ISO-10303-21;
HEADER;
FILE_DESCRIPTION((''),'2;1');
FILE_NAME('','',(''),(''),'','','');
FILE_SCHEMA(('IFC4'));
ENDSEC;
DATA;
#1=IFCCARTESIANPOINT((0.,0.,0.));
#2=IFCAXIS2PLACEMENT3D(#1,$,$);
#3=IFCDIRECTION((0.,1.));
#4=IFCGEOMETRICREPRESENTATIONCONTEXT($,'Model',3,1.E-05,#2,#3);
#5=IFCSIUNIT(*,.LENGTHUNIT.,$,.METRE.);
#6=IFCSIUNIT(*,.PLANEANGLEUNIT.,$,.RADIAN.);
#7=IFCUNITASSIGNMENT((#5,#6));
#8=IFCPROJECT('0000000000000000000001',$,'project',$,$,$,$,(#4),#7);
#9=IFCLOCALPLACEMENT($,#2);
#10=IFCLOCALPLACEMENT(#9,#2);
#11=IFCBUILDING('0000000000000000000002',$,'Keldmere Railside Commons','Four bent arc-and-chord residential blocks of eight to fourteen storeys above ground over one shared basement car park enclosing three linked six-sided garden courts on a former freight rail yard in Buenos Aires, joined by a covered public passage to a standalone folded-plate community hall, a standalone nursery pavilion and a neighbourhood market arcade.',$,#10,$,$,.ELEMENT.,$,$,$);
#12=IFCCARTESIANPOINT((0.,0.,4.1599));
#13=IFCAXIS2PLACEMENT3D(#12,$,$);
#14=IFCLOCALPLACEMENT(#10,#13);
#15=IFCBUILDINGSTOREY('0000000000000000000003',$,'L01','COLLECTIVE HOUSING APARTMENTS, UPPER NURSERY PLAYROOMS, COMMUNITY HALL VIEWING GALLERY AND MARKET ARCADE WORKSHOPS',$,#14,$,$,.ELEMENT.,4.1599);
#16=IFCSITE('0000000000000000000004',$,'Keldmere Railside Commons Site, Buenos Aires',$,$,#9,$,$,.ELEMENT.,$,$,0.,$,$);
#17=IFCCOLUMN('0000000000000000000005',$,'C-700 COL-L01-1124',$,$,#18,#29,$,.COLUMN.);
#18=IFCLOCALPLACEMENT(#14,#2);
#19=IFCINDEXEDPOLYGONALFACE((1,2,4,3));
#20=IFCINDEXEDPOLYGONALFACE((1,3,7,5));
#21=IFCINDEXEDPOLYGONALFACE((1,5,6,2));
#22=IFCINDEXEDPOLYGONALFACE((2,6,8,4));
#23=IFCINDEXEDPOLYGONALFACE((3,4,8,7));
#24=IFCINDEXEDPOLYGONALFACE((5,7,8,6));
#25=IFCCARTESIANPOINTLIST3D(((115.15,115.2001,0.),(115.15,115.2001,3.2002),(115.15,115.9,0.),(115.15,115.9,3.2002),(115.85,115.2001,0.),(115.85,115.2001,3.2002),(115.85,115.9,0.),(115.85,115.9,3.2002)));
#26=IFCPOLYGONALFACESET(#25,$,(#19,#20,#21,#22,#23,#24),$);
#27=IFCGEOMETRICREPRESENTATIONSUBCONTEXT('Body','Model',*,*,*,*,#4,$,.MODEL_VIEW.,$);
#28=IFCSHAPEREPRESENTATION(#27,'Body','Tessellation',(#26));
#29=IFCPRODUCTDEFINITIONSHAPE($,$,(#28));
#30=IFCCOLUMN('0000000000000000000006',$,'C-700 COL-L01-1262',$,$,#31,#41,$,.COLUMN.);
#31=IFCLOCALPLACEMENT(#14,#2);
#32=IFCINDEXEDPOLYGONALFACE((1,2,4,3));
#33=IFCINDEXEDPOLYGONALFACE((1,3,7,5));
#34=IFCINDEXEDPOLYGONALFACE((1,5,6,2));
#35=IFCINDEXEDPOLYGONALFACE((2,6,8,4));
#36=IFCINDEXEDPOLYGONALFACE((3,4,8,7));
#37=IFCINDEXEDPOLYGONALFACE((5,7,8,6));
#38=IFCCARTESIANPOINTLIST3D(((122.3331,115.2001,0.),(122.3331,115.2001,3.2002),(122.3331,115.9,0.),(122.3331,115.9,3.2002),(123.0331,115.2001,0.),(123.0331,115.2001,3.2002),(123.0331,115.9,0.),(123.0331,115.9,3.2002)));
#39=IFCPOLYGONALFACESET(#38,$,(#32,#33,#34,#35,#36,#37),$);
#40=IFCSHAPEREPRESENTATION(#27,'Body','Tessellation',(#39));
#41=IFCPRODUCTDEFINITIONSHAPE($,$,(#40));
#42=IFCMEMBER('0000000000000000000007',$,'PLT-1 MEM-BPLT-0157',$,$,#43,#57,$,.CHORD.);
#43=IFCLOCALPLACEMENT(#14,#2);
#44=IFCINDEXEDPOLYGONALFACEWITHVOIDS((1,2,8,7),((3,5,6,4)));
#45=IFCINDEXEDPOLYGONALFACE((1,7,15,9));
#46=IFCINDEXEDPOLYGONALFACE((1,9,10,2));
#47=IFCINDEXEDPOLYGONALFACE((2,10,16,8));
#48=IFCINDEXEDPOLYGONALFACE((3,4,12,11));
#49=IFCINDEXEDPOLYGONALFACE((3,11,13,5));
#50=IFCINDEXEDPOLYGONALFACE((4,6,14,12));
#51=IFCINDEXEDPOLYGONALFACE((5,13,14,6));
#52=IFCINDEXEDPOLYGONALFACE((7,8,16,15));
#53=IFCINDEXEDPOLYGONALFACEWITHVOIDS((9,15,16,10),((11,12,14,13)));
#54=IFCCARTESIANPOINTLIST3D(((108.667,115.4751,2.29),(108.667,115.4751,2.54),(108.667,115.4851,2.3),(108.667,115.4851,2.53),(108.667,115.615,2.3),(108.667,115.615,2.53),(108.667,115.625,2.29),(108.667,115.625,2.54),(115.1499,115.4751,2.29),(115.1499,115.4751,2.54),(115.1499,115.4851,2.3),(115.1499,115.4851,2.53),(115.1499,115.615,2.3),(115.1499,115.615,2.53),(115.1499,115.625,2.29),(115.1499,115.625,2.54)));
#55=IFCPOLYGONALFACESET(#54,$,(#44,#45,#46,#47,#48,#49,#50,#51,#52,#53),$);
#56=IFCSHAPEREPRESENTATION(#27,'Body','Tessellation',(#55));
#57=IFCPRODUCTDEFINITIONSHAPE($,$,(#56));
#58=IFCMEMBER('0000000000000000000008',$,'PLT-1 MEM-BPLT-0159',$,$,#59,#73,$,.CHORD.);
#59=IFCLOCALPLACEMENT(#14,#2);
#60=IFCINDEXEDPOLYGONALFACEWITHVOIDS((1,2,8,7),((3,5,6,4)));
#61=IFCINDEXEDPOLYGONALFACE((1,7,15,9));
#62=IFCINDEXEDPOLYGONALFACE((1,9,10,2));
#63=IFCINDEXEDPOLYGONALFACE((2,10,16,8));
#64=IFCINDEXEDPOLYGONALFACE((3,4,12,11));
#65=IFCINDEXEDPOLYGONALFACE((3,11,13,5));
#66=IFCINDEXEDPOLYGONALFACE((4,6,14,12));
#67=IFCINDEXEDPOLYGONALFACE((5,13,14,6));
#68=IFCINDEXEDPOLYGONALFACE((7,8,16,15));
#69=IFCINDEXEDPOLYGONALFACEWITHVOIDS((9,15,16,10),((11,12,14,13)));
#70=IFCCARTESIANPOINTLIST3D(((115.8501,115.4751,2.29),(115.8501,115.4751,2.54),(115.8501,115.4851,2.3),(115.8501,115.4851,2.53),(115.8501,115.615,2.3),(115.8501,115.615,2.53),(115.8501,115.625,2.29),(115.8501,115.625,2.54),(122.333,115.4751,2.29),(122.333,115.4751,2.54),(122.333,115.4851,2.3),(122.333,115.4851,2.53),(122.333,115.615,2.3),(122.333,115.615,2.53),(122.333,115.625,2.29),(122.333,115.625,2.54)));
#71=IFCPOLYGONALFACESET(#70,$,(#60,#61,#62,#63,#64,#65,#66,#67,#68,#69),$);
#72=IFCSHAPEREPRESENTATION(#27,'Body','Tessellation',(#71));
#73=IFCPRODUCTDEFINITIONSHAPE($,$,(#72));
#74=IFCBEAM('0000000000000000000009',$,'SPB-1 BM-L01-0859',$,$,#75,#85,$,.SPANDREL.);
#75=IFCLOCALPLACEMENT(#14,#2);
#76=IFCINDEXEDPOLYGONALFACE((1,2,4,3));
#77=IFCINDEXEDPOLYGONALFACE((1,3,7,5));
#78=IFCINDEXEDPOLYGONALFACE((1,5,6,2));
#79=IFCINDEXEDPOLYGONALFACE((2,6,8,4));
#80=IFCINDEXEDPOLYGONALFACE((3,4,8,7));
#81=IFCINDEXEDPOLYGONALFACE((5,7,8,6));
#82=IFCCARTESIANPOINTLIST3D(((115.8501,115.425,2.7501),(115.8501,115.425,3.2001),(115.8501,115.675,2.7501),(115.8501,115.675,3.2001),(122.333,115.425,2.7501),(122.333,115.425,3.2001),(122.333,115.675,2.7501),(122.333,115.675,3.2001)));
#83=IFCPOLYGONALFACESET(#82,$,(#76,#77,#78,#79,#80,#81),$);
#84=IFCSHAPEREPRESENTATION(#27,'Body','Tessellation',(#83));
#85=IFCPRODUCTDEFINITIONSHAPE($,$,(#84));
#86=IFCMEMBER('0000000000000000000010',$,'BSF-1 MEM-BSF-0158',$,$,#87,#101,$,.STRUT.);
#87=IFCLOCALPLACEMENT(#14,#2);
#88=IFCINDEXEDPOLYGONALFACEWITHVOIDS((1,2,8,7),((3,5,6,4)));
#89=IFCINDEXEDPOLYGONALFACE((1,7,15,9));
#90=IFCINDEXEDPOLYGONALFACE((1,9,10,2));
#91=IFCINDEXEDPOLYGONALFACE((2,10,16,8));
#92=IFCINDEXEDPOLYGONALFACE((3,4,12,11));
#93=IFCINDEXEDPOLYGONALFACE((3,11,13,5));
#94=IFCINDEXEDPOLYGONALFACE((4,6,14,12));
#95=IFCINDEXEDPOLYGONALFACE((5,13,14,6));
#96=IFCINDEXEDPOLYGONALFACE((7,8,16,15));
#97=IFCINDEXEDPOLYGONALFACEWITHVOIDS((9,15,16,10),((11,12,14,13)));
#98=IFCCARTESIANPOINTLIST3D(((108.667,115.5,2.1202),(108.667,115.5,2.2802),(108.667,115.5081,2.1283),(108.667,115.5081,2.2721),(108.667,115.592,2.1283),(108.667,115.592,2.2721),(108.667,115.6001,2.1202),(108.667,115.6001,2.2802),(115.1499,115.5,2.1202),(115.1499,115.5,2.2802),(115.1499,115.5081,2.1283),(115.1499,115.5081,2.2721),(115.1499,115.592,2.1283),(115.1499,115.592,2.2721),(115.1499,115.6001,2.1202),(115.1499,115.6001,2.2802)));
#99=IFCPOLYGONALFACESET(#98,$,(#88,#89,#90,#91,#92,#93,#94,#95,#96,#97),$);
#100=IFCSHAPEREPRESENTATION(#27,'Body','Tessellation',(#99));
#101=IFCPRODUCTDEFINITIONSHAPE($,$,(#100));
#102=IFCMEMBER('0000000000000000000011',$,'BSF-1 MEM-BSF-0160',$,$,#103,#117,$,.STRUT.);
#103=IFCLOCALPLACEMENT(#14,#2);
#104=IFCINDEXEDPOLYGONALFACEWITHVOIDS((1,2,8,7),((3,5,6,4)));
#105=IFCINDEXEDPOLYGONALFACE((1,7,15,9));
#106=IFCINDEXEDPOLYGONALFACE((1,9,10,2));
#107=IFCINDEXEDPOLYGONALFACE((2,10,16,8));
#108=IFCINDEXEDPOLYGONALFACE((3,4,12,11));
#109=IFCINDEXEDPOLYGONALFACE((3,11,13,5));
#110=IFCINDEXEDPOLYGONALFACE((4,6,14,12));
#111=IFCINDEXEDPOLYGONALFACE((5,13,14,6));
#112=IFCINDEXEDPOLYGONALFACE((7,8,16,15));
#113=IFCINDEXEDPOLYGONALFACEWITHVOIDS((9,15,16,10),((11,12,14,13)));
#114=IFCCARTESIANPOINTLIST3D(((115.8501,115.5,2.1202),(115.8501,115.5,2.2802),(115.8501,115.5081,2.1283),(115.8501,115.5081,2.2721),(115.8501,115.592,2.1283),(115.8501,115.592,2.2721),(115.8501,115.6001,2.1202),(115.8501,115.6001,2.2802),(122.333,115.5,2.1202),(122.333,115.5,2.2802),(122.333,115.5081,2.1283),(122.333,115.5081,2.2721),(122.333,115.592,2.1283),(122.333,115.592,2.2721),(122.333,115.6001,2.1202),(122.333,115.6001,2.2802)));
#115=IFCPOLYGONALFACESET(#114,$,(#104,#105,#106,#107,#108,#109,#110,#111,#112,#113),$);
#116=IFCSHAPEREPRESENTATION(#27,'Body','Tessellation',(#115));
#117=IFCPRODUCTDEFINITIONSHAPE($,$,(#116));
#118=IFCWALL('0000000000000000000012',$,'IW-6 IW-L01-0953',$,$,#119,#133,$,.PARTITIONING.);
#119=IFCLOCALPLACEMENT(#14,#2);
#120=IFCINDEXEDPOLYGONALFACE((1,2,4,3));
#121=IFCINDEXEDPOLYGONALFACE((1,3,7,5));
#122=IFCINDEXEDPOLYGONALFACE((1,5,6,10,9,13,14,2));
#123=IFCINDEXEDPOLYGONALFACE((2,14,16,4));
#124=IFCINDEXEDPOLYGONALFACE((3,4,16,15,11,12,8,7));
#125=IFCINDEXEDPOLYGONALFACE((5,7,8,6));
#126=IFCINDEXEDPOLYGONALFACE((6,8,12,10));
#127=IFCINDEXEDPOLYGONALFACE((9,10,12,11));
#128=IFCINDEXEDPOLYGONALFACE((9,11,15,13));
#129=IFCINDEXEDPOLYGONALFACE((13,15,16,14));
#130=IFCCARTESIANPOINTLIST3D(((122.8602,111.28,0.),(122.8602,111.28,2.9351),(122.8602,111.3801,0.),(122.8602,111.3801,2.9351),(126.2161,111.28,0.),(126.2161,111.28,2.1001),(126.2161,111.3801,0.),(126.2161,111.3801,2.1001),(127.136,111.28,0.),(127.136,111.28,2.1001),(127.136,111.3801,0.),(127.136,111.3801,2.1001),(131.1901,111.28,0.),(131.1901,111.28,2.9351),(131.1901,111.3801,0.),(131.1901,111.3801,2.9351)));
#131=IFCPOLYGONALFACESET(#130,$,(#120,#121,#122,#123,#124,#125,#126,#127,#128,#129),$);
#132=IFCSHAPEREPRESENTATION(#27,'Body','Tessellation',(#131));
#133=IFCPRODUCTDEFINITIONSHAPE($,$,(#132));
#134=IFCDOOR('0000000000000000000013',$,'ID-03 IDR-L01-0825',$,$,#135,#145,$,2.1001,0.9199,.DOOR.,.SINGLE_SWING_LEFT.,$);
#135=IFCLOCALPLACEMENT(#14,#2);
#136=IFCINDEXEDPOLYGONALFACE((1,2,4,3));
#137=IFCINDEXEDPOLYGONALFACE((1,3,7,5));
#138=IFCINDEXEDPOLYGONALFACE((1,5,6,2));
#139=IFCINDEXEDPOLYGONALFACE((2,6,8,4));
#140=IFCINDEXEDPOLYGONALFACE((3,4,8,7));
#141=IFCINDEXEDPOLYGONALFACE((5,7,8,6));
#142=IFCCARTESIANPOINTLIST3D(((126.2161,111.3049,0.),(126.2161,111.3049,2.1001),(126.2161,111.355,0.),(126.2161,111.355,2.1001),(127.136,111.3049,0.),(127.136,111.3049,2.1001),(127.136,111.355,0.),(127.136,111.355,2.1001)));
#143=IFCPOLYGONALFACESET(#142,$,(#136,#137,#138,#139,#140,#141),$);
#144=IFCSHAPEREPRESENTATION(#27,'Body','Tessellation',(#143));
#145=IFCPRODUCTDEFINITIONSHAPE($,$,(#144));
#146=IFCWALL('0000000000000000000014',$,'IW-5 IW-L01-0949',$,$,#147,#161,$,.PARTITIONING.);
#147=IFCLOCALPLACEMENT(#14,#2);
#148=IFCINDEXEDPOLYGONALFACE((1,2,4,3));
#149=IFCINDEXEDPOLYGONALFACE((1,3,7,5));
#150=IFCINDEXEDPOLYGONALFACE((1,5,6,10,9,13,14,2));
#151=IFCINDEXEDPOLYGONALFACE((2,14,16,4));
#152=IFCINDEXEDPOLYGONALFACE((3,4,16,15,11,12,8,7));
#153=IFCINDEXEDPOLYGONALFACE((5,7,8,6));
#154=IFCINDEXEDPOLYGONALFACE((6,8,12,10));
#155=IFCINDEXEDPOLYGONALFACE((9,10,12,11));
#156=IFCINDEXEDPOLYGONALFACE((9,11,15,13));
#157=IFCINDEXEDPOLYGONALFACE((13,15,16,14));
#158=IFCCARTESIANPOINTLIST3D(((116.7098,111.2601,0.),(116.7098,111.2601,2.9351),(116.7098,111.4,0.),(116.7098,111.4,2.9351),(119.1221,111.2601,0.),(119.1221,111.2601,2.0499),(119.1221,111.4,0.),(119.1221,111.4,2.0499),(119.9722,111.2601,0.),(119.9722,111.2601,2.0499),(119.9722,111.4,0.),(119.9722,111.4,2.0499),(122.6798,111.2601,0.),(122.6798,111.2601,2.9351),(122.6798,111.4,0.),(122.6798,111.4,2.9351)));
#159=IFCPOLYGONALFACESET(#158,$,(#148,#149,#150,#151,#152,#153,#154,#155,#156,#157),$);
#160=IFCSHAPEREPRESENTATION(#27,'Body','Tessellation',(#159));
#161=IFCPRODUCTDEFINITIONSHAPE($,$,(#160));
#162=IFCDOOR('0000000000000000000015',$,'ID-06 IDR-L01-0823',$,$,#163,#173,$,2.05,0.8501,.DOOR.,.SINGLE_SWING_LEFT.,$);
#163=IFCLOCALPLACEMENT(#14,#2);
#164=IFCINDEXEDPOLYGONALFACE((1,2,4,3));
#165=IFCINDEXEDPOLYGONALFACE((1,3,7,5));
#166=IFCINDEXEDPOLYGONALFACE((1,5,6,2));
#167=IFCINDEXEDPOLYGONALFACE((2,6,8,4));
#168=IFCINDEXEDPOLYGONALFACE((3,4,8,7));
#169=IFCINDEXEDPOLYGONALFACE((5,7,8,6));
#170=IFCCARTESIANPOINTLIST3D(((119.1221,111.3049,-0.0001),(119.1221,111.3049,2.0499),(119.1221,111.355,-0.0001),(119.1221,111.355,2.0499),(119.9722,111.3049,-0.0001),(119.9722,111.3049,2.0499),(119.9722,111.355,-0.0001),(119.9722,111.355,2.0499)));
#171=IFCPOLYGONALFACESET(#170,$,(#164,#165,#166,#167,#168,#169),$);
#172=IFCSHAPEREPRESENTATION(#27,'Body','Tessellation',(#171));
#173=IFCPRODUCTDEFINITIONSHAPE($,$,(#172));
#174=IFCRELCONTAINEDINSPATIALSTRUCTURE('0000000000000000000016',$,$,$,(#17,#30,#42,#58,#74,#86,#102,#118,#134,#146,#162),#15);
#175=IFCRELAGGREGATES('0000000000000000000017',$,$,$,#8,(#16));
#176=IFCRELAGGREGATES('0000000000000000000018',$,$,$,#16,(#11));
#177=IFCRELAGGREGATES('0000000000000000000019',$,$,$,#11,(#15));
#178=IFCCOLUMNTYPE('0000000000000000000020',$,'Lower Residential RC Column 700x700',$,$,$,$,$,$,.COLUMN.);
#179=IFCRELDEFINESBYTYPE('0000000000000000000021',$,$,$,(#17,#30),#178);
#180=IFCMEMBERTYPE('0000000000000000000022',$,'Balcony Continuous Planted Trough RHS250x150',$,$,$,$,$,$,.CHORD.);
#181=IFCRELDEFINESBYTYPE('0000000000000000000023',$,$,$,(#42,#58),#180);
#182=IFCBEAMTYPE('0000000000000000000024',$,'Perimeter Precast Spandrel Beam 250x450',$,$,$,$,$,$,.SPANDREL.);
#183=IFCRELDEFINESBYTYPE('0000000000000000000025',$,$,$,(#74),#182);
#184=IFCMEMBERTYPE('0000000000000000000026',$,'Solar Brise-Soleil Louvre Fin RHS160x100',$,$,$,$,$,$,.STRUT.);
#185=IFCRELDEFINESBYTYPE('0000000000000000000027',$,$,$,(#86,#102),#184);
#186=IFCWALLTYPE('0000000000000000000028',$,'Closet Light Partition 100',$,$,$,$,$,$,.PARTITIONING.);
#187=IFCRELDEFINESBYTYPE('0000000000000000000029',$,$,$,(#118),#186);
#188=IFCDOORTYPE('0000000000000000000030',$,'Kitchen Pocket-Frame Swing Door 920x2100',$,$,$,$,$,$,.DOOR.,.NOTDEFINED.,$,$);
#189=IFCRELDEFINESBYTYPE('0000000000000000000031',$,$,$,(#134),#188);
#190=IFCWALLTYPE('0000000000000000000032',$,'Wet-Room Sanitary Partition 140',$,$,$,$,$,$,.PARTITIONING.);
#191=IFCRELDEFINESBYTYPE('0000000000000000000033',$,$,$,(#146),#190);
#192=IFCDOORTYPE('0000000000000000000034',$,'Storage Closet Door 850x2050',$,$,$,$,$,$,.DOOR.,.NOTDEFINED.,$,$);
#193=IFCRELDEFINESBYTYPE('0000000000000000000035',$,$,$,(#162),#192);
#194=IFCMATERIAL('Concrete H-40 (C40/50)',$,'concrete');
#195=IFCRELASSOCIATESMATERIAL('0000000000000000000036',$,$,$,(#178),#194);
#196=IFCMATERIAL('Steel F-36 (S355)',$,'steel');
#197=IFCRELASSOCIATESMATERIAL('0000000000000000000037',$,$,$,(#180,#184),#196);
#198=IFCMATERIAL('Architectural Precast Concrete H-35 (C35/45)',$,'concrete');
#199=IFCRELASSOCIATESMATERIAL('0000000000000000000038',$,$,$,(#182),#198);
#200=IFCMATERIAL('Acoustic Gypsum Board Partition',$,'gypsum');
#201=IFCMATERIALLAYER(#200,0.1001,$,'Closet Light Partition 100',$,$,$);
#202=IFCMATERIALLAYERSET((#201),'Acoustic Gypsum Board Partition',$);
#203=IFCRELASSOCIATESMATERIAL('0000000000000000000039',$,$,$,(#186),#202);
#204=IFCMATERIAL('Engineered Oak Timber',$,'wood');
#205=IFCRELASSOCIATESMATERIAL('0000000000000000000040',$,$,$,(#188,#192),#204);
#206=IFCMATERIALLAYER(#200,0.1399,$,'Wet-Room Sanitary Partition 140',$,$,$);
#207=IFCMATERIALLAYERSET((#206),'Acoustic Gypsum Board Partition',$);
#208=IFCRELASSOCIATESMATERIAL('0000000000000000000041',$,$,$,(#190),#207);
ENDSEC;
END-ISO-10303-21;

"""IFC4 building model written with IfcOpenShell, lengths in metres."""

from ifc_helpers import new_model, si_unit, direction, frame, frame_2d, origin, origin_2d, place, context, subcontext, project, spatial, rectangle, hollow_rectangle, extrude, material, layer, layer_set, material_profile, profile_set, type_object, element, fill, save


model = new_model("IFC4")

# Units and contexts
model_context = context("Model", 3, precision=1e-05, world=origin(), true_north=direction((0.0, 1.0)))
body_context = subcontext(model_context, "Body", "Model", "MODEL_VIEW")
ifc_project = project(units=[si_unit("LENGTHUNIT", "METRE"), si_unit("PLANEANGLEUNIT", "RADIAN")], contexts=[model_context])

# Site, building, storey
site_placement = place(None, origin())
site = spatial("IfcSite", under=ifc_project, at=site_placement, Name="Keldmere Railside Commons Site, Buenos Aires", CompositionType="ELEMENT", RefElevation=0.0)
building_placement = place(site_placement, origin())
building = spatial("IfcBuilding", under=site, at=building_placement, Name="Keldmere Railside Commons", Description="Four bent arc-and-chord residential blocks of eight to fourteen storeys above ground over one shared basement car park enclosing three linked six-sided garden courts on a former freight rail yard in Buenos Aires, joined by a covered public passage to a standalone folded-plate community hall, a standalone nursery pavilion and a neighbourhood market arcade.", CompositionType="ELEMENT")
storey_placement = place(building_placement, frame((0.0, 0.0, 4.1599)))
storey = spatial("IfcBuildingStorey", under=building, at=storey_placement, Name="L01", Description="COLLECTIVE HOUSING APARTMENTS, UPPER NURSERY PLAYROOMS, COMMUNITY HALL VIEWING GALLERY AND MARKET ARCADE WORKSHOPS", CompositionType="ELEMENT", Elevation=4.1599)

# Columns
ifc_material_1 = material(Name="Concrete H-40 (C40/50)", Category="concrete")
ifc_material_profile_1 = material_profile(ifc_material_1, rectangle(XDim=0.7, YDim=0.7, at=origin_2d()), Name="RC-700x700")
ifc_profile_set_1 = profile_set([ifc_material_profile_1], Name="Concrete H-40 (C40/50)")
column_type = type_object("IfcColumnType", Name="Lower Residential RC Column 700x700", PredefinedType="COLUMN", material=ifc_profile_set_1)
for number, where, z_axis, x_axis, name in (
    (1, (115.5, 115.55, 0.0), (0.0, 0.0, 1.0), (1.0, 0.0, 0.0), "C-700 COL-L01-1124"),
    (2, (122.6831, 115.55, 0.0), (0.0, 0.0, 1.0), (1.0, 0.0, 0.0), "C-700 COL-L01-1262"),
):
    element("IfcColumn", number, at=place(storey_placement, frame(where, z_axis=z_axis, x_axis=x_axis)), inside=storey, type_object=column_type, Name=name, PredefinedType="COLUMN", context=body_context, shape_type="SweptSolid", body=[
        extrude(rectangle(XDim=0.7, YDim=0.7, at=origin_2d()), origin(), (0.0, 0.0, 1.0), 3.2002),
    ])

# Members
ifc_material_2 = material(Name="Steel F-36 (S355)", Category="steel")
ifc_material_profile_2 = material_profile(ifc_material_2, hollow_rectangle(XDim=0.1499, YDim=0.25, WallThickness=0.01, at=origin_2d()), Name="RHS-250x150x10")
ifc_profile_set_2 = profile_set([ifc_material_profile_2], Name="Steel F-36 (S355)")
member_type_1 = type_object("IfcMemberType", Name="Balcony Continuous Planted Trough RHS250x150", PredefinedType="CHORD", material=ifc_profile_set_2)
for number, where, z_axis, x_axis, name in (
    (3, (108.667, 115.55, 2.415), (1.0, 0.0, 0.0), (0.0, 1.0, 0.0), "PLT-1 MEM-BPLT-0157"),
    (4, (115.8501, 115.55, 2.415), (1.0, 0.0, 0.0), (0.0, 1.0, 0.0), "PLT-1 MEM-BPLT-0159"),
):
    element("IfcMember", number, at=place(storey_placement, frame(where, z_axis=z_axis, x_axis=x_axis)), inside=storey, type_object=member_type_1, Name=name, PredefinedType="CHORD", context=body_context, shape_type="SweptSolid", body=[
        extrude(hollow_rectangle(XDim=0.1499, YDim=0.25, WallThickness=0.01, at=origin_2d()), origin(), (0.0, 0.0, 1.0), 6.4829),
    ])

# Beam
ifc_material_3 = material(Name="Architectural Precast Concrete H-35 (C35/45)", Category="concrete")
ifc_material_profile_3 = material_profile(ifc_material_3, rectangle(XDim=0.25, YDim=0.45, at=origin_2d()), Name="RC-250x450")
ifc_profile_set_3 = profile_set([ifc_material_profile_3], Name="Architectural Precast Concrete H-35 (C35/45)")
beam_type = type_object("IfcBeamType", Name="Perimeter Precast Spandrel Beam 250x450", PredefinedType="SPANDREL", material=ifc_profile_set_3)
beam_placement = place(storey_placement, frame((115.8501, 115.55, 2.9751), z_axis=(1.0, 0.0, 0.0), x_axis=(0.0, 1.0, 0.0)))
element("IfcBeam", 5, at=beam_placement, inside=storey, type_object=beam_type, Name="SPB-1 BM-L01-0859", PredefinedType="SPANDREL", context=body_context, shape_type="SweptSolid", body=[
    extrude(rectangle(XDim=0.25, YDim=0.45, at=origin_2d()), origin(), (0.0, 0.0, 1.0), 6.4829),
])

# Members
ifc_material_profile_4 = material_profile(ifc_material_2, hollow_rectangle(XDim=0.1001, YDim=0.1599, WallThickness=0.0081, at=origin_2d()), Name="RHS-160x100x8")
ifc_profile_set_4 = profile_set([ifc_material_profile_4], Name="Steel F-36 (S355)")
member_type_2 = type_object("IfcMemberType", Name="Solar Brise-Soleil Louvre Fin RHS160x100", PredefinedType="STRUT", material=ifc_profile_set_4)
for number, where, z_axis, x_axis, name in (
    (6, (108.667, 115.55, 2.2002), (1.0, 0.0, 0.0), (0.0, 1.0, 0.0), "BSF-1 MEM-BSF-0158"),
    (7, (115.8501, 115.55, 2.2002), (1.0, 0.0, 0.0), (0.0, 1.0, 0.0), "BSF-1 MEM-BSF-0160"),
):
    element("IfcMember", number, at=place(storey_placement, frame(where, z_axis=z_axis, x_axis=x_axis)), inside=storey, type_object=member_type_2, Name=name, PredefinedType="STRUT", context=body_context, shape_type="SweptSolid", body=[
        extrude(hollow_rectangle(XDim=0.1001, YDim=0.1599, WallThickness=0.0081, at=origin_2d()), origin(), (0.0, 0.0, 1.0), 6.4829),
    ])

# Walls, openings, doors
ifc_material_4 = material(Name="Acoustic Gypsum Board Partition", Category="gypsum")
ifc_layer_1 = layer(ifc_material_4, 0.1001, Name="Closet Light Partition 100")
ifc_layer_set_1 = layer_set([ifc_layer_1], Name="Acoustic Gypsum Board Partition")
wall_type_1 = type_object("IfcWallType", Name="Closet Light Partition 100", PredefinedType="PARTITIONING", material=ifc_layer_set_1)
wall_1_placement = place(storey_placement, frame((122.8601, 111.3301, 0.0), z_axis=(0.0, 0.0, 1.0), x_axis=(1.0, 0.0, 0.0)))
wall_1 = element("IfcWall", 8, at=wall_1_placement, inside=storey, type_object=wall_type_1, Name="IW-6 IW-L01-0953", PredefinedType="PARTITIONING", context=body_context, shape_type="SweptSolid", body=[
    extrude(rectangle(XDim=8.3298, YDim=0.1001, at=frame_2d((4.165, 0.0))), origin(), (0.0, 0.0, 1.0), 2.9351),
])
opening_1_placement = place(wall_1_placement, frame((3.356, 0.0, 0.0)))
opening_1 = element("IfcOpeningElement", 9, at=opening_1_placement, cuts=wall_1, PredefinedType="OPENING", context=body_context, shape_type="SweptSolid", body=[
    extrude(rectangle(XDim=0.9199, YDim=2.1001, at=frame_2d((0.46, 1.05))), frame((0.0, 0.0601, 0.0), z_axis=(0.0, -1.0, 0.0), x_axis=(1.0, 0.0, 0.0)), (0.0, 0.0, 1.0), 0.1201),
])
ifc_material_5 = material(Name="Engineered Oak Timber", Category="wood")
door_type_1 = type_object("IfcDoorType", Name="Kitchen Pocket-Frame Swing Door 920x2100", OperationType="NOTDEFINED", PredefinedType="DOOR", material=ifc_material_5)
door_1_placement = place(opening_1_placement, origin())
door_1 = element("IfcDoor", 10, at=door_1_placement, inside=storey, type_object=door_type_1, Name="ID-03 IDR-L01-0825", OperationType="SINGLE_SWING_LEFT", OverallHeight=2.1001, OverallWidth=0.9199, PredefinedType="DOOR", context=body_context, shape_type="SweptSolid", body=[
    extrude(rectangle(XDim=0.9199, YDim=2.1001, at=frame_2d((0.46, 1.05))), frame((0.0, 0.0249, 0.0), z_axis=(0.0, -1.0, 0.0), x_axis=(1.0, 0.0, 0.0)), (0.0, 0.0, 1.0), 0.05),
])
fill(opening_1, door_1)
ifc_layer_2 = layer(ifc_material_4, 0.1399, Name="Wet-Room Sanitary Partition 140")
ifc_layer_set_2 = layer_set([ifc_layer_2], Name="Acoustic Gypsum Board Partition")
wall_type_2 = type_object("IfcWallType", Name="Wet-Room Sanitary Partition 140", PredefinedType="PARTITIONING", material=ifc_layer_set_2)
wall_2_placement = place(storey_placement, frame((116.71, 111.3301, 0.0), z_axis=(0.0, 0.0, 1.0), x_axis=(1.0, 0.0, 0.0)))
wall_2 = element("IfcWall", 11, at=wall_2_placement, inside=storey, type_object=wall_type_2, Name="IW-5 IW-L01-0949", PredefinedType="PARTITIONING", context=body_context, shape_type="SweptSolid", body=[
    extrude(rectangle(XDim=5.97, YDim=0.1399, at=frame_2d((2.9849, 0.0))), origin(), (0.0, 0.0, 1.0), 2.9351),
])
opening_2_placement = place(wall_2_placement, frame((2.4121, 0.0, 0.0)))
opening_2 = element("IfcOpeningElement", 12, at=opening_2_placement, cuts=wall_2, PredefinedType="OPENING", context=body_context, shape_type="SweptSolid", body=[
    extrude(rectangle(XDim=0.8501, YDim=2.05, at=frame_2d((0.425, 1.0249))), frame((0.0, 0.0798, 0.0), z_axis=(0.0, -1.0, 0.0), x_axis=(1.0, 0.0, 0.0)), (0.0, 0.0, 1.0), 0.1599),
])
door_type_2 = type_object("IfcDoorType", Name="Storage Closet Door 850x2050", OperationType="NOTDEFINED", PredefinedType="DOOR", material=ifc_material_5)
door_2_placement = place(opening_2_placement, origin())
door_2 = element("IfcDoor", 13, at=door_2_placement, inside=storey, type_object=door_type_2, Name="ID-06 IDR-L01-0823", OperationType="SINGLE_SWING_LEFT", OverallHeight=2.05, OverallWidth=0.8501, PredefinedType="DOOR", context=body_context, shape_type="SweptSolid", body=[
    extrude(rectangle(XDim=0.8501, YDim=2.05, at=frame_2d((0.425, 1.0249))), frame((0.0, 0.0249, 0.0), z_axis=(0.0, -1.0, 0.0), x_axis=(1.0, 0.0, 0.0)), (0.0, 0.0, 1.0), 0.05),
])
fill(opening_2, door_2)

save(model, "model.ifc")
